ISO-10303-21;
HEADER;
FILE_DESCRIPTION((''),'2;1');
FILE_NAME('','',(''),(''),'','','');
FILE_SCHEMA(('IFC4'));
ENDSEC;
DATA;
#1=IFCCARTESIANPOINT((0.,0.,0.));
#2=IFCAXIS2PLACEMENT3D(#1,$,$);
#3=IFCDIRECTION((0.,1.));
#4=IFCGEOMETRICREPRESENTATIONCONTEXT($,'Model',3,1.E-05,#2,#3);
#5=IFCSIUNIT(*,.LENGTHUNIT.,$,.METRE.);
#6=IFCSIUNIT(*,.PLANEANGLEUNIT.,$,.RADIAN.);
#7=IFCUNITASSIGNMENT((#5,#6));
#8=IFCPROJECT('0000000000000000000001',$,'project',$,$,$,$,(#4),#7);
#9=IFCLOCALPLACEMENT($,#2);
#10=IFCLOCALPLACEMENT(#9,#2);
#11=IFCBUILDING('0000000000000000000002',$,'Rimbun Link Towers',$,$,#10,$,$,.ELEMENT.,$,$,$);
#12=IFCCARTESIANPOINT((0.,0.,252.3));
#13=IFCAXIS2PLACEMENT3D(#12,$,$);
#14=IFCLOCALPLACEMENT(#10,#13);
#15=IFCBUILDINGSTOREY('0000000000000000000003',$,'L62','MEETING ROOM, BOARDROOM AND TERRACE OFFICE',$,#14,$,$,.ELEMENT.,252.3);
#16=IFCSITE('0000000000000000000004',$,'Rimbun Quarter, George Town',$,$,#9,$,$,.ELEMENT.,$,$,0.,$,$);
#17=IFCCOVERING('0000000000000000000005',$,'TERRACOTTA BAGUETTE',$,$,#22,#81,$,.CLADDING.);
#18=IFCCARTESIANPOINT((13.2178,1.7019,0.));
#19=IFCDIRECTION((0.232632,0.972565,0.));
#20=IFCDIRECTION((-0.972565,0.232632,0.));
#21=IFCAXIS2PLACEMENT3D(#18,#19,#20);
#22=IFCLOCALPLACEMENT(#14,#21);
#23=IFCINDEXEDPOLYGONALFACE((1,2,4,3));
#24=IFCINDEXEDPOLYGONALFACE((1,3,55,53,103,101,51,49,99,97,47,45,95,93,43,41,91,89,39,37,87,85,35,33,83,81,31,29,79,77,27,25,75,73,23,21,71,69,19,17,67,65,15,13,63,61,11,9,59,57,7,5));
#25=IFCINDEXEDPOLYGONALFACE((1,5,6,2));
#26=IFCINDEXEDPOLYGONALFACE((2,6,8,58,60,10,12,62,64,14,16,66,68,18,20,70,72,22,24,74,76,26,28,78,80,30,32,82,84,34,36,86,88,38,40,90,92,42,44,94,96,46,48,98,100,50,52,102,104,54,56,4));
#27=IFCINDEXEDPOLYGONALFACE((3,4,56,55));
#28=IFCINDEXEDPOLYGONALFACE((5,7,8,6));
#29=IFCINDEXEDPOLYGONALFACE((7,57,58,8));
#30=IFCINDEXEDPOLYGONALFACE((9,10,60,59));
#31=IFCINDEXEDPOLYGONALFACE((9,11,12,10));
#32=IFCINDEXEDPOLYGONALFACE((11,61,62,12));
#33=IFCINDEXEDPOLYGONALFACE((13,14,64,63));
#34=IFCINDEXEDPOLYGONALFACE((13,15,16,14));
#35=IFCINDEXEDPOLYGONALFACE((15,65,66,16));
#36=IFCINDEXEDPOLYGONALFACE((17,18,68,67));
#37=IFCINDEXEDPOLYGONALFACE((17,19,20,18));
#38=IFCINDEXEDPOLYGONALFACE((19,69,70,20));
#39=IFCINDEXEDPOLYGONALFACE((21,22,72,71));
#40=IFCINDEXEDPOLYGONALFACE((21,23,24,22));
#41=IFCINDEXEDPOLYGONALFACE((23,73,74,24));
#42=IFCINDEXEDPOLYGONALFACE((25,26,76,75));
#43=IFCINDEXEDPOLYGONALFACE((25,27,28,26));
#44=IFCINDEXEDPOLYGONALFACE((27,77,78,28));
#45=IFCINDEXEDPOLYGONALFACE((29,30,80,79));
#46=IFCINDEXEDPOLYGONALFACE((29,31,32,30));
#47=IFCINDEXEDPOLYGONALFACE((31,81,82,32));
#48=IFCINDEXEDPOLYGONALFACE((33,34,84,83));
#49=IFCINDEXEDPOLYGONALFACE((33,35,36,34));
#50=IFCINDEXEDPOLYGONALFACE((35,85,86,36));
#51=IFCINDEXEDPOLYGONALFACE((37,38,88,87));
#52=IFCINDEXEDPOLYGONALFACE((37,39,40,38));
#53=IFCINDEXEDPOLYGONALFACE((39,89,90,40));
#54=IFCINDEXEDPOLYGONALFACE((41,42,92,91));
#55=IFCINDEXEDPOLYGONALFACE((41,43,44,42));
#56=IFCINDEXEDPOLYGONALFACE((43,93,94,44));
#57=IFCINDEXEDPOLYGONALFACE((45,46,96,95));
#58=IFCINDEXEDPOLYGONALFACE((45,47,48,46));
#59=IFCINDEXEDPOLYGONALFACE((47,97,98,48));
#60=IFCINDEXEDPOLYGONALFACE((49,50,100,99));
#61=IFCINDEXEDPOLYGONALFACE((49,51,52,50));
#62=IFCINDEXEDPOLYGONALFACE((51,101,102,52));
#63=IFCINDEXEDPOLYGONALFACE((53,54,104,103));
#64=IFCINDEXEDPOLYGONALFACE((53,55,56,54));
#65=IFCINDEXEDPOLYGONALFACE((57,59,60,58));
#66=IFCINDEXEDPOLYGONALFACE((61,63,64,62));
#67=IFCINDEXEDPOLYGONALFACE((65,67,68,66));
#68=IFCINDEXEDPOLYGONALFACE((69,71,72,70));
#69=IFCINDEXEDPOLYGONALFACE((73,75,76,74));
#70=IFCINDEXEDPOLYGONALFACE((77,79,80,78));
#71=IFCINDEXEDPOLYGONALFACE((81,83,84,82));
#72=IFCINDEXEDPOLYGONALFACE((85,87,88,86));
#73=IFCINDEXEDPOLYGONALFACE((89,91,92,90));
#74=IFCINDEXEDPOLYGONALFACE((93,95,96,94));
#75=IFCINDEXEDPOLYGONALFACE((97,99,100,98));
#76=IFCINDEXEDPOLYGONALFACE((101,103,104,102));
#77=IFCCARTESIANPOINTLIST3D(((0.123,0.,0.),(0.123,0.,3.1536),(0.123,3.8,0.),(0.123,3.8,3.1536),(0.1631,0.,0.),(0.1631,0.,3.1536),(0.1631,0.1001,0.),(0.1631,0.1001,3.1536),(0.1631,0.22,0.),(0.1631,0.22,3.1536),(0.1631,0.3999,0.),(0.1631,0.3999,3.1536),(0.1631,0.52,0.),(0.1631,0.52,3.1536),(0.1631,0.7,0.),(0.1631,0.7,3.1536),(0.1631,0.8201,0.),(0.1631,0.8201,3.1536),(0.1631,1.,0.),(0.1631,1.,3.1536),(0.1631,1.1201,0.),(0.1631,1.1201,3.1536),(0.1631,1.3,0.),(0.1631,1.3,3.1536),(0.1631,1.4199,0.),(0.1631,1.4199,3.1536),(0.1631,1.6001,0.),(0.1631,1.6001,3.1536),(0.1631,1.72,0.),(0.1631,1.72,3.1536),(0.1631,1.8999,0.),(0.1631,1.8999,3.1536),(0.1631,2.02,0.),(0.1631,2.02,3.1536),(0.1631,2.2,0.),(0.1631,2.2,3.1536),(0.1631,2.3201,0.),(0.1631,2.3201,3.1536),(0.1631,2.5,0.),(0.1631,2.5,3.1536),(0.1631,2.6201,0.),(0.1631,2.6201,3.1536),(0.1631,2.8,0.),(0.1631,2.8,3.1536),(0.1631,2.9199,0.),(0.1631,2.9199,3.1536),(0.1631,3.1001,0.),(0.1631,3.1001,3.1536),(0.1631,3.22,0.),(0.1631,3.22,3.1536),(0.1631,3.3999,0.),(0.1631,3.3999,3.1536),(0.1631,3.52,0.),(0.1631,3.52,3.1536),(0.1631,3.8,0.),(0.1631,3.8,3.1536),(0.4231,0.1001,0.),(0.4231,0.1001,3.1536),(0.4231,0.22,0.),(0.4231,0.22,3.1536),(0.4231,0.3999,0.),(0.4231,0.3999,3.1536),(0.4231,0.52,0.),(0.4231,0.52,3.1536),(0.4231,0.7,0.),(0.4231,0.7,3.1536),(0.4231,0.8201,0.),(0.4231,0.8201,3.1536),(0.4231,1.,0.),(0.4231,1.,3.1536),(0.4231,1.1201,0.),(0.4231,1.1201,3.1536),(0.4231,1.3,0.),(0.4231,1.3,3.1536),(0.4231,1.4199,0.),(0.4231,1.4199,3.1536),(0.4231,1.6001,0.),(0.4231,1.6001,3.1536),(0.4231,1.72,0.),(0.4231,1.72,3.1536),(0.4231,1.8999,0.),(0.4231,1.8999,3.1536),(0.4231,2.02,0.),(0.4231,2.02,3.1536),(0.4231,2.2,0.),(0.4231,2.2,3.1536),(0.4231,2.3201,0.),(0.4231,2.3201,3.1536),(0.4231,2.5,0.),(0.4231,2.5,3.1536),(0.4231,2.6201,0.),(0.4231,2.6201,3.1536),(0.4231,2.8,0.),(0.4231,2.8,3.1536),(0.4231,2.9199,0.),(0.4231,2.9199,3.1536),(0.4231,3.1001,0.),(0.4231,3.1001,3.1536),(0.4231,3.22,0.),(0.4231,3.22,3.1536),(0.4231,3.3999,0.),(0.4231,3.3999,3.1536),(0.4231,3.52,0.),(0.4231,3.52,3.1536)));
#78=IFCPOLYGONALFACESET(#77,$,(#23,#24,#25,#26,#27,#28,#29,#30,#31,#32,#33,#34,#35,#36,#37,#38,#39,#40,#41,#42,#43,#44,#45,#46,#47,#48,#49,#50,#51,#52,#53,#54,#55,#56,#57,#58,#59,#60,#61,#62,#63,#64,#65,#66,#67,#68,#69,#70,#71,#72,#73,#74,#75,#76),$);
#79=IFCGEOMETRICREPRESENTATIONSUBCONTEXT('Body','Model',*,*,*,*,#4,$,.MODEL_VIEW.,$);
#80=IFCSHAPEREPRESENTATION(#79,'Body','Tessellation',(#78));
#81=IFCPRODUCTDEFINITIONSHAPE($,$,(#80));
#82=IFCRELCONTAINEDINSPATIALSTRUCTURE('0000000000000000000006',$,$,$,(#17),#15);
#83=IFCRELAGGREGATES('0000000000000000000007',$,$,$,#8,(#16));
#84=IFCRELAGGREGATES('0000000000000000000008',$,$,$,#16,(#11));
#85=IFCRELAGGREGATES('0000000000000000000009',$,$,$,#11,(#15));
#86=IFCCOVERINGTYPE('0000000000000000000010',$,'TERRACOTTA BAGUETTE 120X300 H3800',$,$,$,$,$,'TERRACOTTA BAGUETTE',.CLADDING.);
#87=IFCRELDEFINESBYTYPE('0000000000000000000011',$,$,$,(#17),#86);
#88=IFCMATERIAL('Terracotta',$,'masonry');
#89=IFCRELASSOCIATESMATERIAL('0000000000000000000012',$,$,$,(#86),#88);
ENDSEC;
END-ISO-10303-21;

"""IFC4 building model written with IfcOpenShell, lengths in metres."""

from ifc_helpers import new_model, si_unit, direction, frame, origin, place, context, subcontext, project, spatial, polyline, outline, extrude, material, material_profile, profile_set, type_object, element, save


model = new_model("IFC4")

# Units and contexts
model_context = context("Model", 3, precision=1e-05, world=origin(), true_north=direction((0.0, 1.0)))
body_context = subcontext(model_context, "Body", "Model", "MODEL_VIEW")
ifc_project = project(units=[si_unit("LENGTHUNIT", "METRE"), si_unit("PLANEANGLEUNIT", "RADIAN")], contexts=[model_context])

# Site, building, storey
site_placement = place(None, origin())
site = spatial("IfcSite", under=ifc_project, at=site_placement, Name="Rimbun Quarter, George Town", CompositionType="ELEMENT", RefElevation=0.0)
building_placement = place(site_placement, origin())
building = spatial("IfcBuilding", under=site, at=building_placement, Name="Rimbun Link Towers", CompositionType="ELEMENT")
storey_placement = place(building_placement, frame((0.0, 0.0, 252.3)))
storey = spatial("IfcBuildingStorey", under=building, at=storey_placement, Name="L62", Description="MEETING ROOM, BOARDROOM AND TERRACE OFFICE", CompositionType="ELEMENT", Elevation=252.3)

# Covering
ifc_material_1 = material(Name="Terracotta", Category="masonry")
ifc_material_profile_1 = material_profile(ifc_material_1, outline(polyline([(0.123, 0.0), (0.1631, 0.0), (0.1631, 0.1001), (0.4231, 0.1001), (0.4231, 0.22), (0.1631, 0.22), (0.1631, 0.3999), (0.4231, 0.3999), (0.4231, 0.52), (0.1631, 0.52), (0.1631, 0.7), (0.4231, 0.7), (0.4231, 0.8201), (0.1631, 0.8201), (0.1631, 1.0), (0.4231, 1.0), (0.4231, 1.1201), (0.1631, 1.1201), (0.1631, 1.3), (0.4231, 1.3), (0.4231, 1.4199), (0.1631, 1.4199), (0.1631, 1.6001), (0.4231, 1.6001), (0.4231, 1.72), (0.1631, 1.72), (0.1631, 1.8999), (0.4231, 1.8999), (0.4231, 2.02), (0.1631, 2.02), (0.1631, 2.2), (0.4231, 2.2), (0.4231, 2.3201), (0.1631, 2.3201), (0.1631, 2.5), (0.4231, 2.5), (0.4231, 2.6201), (0.1631, 2.6201), (0.1631, 2.8), (0.4231, 2.8), (0.4231, 2.9199), (0.1631, 2.9199), (0.1631, 3.1001), (0.4231, 3.1001), (0.4231, 3.22), (0.1631, 3.22), (0.1631, 3.3999), (0.4231, 3.3999), (0.4231, 3.52), (0.1631, 3.52), (0.1631, 3.8), (0.123, 3.8), (0.123, 0.0)])), Name="BAGUETTE 120X300")
ifc_profile_set_1 = profile_set([ifc_material_profile_1], Name="Terracotta")
covering_type = type_object("IfcCoveringType", Name="TERRACOTTA BAGUETTE 120X300 H3800", ElementType="TERRACOTTA BAGUETTE", PredefinedType="CLADDING", material=ifc_profile_set_1)
covering_1_placement = place(storey_placement, frame((13.2178, 1.7019, 0.0), z_axis=(0.232632, 0.972565, 0.0), x_axis=(-0.972565, 0.232632, 0.0)))
element("IfcCovering", 1, at=covering_1_placement, inside=storey, type_object=covering_type, Name="TERRACOTTA BAGUETTE", PredefinedType="CLADDING", context=body_context, shape_type="SweptSolid", body=[
    extrude(outline(polyline([(0.123, 0.0), (0.1631, 0.0), (0.1631, 0.1001), (0.4231, 0.1001), (0.4231, 0.22), (0.1631, 0.22), (0.1631, 0.3999), (0.4231, 0.3999), (0.4231, 0.52), (0.1631, 0.52), (0.1631, 0.7), (0.4231, 0.7), (0.4231, 0.8201), (0.1631, 0.8201), (0.1631, 1.0), (0.4231, 1.0), (0.4231, 1.1201), (0.1631, 1.1201), (0.1631, 1.3), (0.4231, 1.3), (0.4231, 1.4199), (0.1631, 1.4199), (0.1631, 1.6001), (0.4231, 1.6001), (0.4231, 1.72), (0.1631, 1.72), (0.1631, 1.8999), (0.4231, 1.8999), (0.4231, 2.02), (0.1631, 2.02), (0.1631, 2.2), (0.4231, 2.2), (0.4231, 2.3201), (0.1631, 2.3201), (0.1631, 2.5), (0.4231, 2.5), (0.4231, 2.6201), (0.1631, 2.6201), (0.1631, 2.8), (0.4231, 2.8), (0.4231, 2.9199), (0.1631, 2.9199), (0.1631, 3.1001), (0.4231, 3.1001), (0.4231, 3.22), (0.1631, 3.22), (0.1631, 3.3999), (0.4231, 3.3999), (0.4231, 3.52), (0.1631, 3.52), (0.1631, 3.8), (0.123, 3.8), (0.123, 0.0)])), origin(), (0.0, 0.0, 1.0), 3.1536),
])

save(model, "model.ifc")
